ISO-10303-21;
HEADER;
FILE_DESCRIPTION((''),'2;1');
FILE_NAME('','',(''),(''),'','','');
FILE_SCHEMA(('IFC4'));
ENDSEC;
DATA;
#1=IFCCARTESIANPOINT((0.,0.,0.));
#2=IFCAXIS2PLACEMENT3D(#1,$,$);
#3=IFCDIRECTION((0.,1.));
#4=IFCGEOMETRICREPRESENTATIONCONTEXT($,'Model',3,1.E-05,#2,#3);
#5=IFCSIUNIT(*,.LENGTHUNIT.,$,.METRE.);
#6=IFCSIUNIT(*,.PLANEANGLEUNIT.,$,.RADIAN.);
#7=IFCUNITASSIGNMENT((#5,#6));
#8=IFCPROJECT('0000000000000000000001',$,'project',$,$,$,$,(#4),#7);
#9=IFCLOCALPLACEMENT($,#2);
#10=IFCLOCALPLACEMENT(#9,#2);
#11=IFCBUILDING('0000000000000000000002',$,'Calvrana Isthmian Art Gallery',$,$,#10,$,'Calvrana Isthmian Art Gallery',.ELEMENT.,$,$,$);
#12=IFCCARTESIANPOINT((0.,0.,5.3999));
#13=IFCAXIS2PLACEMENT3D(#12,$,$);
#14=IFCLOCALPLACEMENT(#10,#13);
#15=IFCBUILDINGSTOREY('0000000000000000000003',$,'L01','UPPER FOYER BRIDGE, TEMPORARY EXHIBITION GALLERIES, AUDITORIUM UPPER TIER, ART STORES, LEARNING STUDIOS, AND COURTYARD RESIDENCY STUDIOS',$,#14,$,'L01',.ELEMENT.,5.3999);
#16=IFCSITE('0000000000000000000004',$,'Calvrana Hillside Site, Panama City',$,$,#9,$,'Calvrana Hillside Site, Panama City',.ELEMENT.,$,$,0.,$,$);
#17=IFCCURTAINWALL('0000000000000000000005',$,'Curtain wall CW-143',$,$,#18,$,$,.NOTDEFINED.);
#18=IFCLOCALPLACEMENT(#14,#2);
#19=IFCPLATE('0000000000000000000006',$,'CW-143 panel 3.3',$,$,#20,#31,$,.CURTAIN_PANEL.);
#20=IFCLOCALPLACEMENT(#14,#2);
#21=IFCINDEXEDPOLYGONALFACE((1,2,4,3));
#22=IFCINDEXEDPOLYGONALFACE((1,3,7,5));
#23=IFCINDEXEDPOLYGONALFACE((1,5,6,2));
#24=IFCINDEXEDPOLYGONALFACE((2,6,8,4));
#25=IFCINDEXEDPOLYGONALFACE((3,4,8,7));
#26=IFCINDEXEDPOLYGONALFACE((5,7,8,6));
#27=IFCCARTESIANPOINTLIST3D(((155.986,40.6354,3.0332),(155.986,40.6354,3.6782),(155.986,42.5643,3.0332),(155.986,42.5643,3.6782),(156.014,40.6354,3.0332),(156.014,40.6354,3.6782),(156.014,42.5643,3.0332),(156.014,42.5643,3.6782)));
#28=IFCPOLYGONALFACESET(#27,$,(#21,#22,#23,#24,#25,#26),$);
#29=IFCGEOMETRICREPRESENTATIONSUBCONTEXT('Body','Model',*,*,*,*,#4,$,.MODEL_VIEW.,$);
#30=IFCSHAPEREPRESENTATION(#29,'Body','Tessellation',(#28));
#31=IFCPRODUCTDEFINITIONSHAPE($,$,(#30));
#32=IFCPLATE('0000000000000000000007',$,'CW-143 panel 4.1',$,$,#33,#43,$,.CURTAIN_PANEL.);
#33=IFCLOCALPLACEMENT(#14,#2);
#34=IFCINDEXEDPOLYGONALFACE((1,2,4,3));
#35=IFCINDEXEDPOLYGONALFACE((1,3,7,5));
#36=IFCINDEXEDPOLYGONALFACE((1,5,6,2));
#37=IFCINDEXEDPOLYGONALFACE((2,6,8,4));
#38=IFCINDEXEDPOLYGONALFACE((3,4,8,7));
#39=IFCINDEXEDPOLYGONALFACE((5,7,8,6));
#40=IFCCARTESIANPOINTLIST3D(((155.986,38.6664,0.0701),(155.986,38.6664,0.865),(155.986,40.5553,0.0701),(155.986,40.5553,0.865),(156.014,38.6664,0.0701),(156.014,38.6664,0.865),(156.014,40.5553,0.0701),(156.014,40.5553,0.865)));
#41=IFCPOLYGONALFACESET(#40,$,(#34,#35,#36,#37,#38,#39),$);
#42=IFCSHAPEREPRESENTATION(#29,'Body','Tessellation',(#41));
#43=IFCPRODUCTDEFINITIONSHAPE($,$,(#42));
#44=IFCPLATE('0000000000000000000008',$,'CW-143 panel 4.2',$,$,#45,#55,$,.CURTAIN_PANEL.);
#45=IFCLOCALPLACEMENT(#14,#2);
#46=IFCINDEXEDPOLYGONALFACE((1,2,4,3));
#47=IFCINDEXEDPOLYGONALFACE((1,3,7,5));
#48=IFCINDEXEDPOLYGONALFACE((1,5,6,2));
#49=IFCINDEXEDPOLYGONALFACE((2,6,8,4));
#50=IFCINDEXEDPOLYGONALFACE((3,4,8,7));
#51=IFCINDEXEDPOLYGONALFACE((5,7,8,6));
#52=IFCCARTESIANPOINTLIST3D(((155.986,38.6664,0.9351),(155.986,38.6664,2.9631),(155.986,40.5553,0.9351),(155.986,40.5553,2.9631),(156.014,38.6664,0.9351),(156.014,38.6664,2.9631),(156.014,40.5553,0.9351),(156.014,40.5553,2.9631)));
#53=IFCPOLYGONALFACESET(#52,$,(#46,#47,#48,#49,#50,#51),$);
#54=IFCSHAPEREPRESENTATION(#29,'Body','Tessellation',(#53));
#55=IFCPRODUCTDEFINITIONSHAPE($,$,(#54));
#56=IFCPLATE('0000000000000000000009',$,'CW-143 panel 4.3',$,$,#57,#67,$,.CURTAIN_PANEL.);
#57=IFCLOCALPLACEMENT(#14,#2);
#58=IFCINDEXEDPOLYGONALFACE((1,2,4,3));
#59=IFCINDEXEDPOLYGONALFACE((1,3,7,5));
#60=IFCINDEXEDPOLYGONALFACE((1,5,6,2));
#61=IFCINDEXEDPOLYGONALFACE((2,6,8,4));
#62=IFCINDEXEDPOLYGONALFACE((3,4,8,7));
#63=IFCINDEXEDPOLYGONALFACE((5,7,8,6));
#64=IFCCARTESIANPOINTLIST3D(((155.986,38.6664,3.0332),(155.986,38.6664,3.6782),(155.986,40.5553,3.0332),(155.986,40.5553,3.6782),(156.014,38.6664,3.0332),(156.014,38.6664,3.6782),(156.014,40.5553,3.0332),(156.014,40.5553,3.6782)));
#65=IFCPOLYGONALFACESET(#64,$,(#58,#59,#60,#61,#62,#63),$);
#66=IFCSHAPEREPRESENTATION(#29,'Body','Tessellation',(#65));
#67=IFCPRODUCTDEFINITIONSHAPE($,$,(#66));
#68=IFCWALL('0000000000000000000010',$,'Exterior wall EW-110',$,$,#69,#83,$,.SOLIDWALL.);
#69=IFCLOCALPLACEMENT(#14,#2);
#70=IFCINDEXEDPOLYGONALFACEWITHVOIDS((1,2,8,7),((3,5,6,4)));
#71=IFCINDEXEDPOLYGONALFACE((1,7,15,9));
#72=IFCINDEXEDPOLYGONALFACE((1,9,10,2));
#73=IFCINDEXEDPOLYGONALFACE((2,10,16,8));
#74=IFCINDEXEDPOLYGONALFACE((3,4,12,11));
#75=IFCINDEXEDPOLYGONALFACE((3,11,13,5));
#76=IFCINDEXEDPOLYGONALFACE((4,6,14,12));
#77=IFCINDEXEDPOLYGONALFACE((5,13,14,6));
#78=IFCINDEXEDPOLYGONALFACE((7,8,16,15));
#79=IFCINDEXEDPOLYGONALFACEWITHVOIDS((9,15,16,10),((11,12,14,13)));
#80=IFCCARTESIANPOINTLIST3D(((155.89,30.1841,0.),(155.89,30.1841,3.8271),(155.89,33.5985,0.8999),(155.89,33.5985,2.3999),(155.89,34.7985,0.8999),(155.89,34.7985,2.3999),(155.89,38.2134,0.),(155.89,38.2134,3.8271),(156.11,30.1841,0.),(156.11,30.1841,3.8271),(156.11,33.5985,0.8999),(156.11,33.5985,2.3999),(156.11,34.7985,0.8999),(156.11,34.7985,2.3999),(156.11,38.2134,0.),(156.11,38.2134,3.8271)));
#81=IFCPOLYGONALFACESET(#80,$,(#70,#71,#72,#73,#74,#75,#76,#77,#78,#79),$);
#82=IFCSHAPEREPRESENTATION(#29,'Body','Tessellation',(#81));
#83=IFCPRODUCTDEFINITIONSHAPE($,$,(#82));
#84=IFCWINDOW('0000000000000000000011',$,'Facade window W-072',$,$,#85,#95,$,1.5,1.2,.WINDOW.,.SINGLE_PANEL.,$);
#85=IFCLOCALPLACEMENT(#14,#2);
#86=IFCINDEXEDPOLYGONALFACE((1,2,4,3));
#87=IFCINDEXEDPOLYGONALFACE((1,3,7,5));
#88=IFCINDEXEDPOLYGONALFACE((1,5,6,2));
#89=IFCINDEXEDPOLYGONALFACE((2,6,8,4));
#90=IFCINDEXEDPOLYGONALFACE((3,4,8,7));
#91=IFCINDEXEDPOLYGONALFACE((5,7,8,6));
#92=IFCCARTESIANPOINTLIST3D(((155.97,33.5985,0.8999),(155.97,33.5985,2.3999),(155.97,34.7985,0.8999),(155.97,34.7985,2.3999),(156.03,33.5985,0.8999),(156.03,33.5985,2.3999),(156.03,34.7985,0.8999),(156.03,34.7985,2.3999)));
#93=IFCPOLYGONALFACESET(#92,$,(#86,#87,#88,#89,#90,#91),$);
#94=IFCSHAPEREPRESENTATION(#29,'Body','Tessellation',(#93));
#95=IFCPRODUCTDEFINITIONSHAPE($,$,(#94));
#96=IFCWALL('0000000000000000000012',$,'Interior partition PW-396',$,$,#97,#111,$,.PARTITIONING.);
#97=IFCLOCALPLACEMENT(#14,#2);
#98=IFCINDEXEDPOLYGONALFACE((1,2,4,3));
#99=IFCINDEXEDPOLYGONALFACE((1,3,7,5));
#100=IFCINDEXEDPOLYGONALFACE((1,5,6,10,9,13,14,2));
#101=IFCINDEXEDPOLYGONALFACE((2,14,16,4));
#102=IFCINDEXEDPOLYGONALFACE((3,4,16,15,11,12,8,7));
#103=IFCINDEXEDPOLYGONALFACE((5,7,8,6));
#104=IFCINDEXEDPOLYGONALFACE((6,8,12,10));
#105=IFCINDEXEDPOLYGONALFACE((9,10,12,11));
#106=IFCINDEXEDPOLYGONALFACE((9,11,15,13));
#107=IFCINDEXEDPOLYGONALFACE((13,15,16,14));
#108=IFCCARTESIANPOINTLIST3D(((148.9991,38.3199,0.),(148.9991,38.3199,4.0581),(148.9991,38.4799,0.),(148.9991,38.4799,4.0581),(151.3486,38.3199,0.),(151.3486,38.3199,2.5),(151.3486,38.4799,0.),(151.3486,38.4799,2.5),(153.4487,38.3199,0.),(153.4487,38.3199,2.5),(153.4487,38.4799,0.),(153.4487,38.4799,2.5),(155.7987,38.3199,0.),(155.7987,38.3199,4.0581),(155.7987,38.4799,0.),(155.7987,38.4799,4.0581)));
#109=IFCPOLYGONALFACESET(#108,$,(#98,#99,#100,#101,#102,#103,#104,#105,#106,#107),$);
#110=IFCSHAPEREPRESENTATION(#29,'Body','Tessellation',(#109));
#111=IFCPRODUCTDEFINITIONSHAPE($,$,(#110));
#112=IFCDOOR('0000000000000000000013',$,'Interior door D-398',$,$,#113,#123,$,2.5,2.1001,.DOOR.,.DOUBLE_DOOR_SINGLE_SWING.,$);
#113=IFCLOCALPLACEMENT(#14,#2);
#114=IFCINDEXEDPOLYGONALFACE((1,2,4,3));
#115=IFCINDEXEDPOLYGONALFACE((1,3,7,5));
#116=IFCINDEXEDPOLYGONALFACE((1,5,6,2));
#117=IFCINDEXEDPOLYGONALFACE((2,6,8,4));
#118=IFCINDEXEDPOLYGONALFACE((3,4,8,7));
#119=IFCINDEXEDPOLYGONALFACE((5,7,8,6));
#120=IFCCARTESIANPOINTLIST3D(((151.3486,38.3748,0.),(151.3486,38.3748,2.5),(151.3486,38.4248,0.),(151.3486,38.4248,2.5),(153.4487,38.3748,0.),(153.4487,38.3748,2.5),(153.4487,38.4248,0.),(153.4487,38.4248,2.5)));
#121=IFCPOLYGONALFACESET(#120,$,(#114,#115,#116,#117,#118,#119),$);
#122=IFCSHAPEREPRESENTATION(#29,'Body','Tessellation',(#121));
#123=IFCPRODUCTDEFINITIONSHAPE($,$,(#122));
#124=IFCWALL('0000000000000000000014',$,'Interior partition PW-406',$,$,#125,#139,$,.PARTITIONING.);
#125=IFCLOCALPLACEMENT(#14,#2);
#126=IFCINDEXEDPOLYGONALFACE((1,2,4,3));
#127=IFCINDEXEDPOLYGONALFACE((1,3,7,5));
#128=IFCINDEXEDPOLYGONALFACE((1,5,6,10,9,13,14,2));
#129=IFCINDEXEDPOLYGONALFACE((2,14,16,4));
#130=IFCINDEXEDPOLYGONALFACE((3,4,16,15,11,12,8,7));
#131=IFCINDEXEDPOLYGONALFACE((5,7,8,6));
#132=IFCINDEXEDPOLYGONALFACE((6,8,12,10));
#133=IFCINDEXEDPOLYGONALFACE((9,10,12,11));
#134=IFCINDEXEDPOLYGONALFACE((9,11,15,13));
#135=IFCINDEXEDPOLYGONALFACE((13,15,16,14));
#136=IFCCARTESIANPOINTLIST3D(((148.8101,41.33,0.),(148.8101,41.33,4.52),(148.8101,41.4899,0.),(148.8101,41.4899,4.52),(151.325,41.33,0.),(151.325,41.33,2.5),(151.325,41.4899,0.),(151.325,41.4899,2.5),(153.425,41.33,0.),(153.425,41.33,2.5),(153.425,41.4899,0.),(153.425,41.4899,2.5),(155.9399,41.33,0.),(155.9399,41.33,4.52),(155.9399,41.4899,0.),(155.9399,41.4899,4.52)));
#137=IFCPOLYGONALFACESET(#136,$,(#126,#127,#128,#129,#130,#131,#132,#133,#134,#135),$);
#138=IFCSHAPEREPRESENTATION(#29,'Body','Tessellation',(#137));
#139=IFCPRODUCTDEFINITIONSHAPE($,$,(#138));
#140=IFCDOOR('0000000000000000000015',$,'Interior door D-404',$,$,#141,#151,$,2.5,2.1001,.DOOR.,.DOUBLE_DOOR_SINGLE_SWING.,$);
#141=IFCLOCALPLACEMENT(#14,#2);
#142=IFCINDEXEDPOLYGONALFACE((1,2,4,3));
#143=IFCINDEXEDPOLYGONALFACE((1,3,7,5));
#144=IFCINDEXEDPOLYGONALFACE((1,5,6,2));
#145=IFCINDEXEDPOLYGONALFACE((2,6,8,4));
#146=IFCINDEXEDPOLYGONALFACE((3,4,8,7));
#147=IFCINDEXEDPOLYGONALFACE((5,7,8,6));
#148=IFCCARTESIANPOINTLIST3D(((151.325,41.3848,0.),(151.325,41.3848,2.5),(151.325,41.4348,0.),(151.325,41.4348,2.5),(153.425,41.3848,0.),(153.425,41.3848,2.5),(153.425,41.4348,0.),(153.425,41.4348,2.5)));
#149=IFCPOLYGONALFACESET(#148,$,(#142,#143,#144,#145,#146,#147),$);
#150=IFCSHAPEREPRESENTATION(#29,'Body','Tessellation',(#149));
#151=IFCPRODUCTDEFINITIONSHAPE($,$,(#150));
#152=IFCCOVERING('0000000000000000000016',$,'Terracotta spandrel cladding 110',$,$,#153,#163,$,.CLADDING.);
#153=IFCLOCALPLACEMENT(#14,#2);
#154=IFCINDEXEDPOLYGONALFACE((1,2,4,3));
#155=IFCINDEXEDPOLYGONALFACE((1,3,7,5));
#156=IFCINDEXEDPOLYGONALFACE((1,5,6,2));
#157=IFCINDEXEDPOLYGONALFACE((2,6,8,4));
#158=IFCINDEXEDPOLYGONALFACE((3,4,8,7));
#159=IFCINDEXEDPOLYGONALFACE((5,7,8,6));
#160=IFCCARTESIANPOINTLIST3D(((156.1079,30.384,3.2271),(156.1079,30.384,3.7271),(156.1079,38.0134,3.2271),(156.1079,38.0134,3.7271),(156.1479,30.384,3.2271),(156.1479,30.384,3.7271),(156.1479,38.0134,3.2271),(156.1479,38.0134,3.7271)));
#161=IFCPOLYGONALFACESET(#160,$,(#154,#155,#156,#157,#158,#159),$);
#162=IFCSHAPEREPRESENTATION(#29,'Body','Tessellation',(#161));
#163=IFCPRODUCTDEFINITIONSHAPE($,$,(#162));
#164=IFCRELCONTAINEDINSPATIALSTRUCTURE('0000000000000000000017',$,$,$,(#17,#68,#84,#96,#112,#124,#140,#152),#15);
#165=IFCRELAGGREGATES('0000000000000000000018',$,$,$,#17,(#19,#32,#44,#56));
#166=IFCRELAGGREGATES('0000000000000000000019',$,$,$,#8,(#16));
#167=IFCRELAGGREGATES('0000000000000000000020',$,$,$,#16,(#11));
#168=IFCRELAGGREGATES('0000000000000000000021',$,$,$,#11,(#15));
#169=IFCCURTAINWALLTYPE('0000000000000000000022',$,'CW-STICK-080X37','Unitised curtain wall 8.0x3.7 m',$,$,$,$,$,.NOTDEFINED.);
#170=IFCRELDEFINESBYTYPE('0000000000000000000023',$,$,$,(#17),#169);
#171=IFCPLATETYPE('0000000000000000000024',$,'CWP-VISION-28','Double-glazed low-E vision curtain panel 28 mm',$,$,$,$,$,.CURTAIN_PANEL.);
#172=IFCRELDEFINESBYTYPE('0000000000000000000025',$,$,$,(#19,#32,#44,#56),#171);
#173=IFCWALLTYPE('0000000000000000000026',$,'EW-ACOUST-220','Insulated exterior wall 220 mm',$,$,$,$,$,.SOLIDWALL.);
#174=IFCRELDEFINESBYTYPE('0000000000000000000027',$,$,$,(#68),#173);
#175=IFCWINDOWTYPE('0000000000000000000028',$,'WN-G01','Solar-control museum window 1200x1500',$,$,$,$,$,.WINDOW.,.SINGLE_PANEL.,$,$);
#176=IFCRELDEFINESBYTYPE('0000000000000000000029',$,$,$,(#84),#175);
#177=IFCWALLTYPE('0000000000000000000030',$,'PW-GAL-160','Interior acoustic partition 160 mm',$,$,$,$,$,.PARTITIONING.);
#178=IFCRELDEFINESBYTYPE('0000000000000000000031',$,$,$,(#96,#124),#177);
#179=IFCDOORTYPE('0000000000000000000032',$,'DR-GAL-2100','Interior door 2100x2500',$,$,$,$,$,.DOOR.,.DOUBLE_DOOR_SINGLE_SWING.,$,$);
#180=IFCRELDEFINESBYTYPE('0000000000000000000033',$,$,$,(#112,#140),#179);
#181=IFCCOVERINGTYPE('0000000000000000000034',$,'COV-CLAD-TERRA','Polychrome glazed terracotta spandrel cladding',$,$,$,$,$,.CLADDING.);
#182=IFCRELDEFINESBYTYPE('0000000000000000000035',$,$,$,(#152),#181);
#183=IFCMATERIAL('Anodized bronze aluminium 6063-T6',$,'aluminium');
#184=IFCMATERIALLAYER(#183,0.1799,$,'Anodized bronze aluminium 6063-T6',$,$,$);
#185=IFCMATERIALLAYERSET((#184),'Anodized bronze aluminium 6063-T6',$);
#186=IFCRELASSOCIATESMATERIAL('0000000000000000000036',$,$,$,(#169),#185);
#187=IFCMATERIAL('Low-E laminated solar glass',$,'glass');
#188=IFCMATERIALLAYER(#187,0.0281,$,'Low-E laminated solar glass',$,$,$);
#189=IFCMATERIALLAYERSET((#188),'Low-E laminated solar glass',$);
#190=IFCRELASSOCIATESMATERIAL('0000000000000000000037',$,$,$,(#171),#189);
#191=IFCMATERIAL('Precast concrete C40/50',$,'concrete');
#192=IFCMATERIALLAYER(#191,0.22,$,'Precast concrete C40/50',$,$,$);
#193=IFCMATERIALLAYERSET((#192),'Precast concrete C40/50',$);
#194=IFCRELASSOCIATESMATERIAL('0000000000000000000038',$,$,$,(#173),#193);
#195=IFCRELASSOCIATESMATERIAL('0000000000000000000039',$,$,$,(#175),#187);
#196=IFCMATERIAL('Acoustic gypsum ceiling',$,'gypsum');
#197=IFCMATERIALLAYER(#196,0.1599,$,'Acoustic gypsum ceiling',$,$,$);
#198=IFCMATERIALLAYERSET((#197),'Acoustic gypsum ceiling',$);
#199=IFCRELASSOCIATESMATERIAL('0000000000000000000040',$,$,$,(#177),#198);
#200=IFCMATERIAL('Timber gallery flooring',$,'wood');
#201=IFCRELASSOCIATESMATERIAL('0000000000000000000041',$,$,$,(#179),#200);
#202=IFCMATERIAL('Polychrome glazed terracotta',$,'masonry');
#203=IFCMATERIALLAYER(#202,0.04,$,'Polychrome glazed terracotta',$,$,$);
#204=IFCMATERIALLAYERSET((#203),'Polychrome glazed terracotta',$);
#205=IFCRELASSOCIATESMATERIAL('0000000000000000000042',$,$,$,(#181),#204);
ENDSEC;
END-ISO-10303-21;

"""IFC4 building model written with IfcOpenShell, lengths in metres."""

from ifc_helpers import new_model, si_unit, direction, frame, frame_2d, origin, origin_2d, place, context, subcontext, project, spatial, rectangle, extrude, material, layer, layer_set, type_object, element, fill, aggregate, save


model = new_model("IFC4")

# Units and contexts
model_context = context("Model", 3, precision=1e-05, world=origin(), true_north=direction((0.0, 1.0)))
body_context = subcontext(model_context, "Body", "Model", "MODEL_VIEW")
ifc_project = project(units=[si_unit("LENGTHUNIT", "METRE"), si_unit("PLANEANGLEUNIT", "RADIAN")], contexts=[model_context])

# Site, building, storey
site_placement = place(None, origin())
site = spatial("IfcSite", under=ifc_project, at=site_placement, Name="Calvrana Hillside Site, Panama City", LongName="Calvrana Hillside Site, Panama City", CompositionType="ELEMENT", RefElevation=0.0)
building_placement = place(site_placement, origin())
building = spatial("IfcBuilding", under=site, at=building_placement, Name="Calvrana Isthmian Art Gallery", LongName="Calvrana Isthmian Art Gallery", CompositionType="ELEMENT")
storey_placement = place(building_placement, frame((0.0, 0.0, 5.3999)))
storey = spatial("IfcBuildingStorey", under=building, at=storey_placement, Name="L01", Description="UPPER FOYER BRIDGE, TEMPORARY EXHIBITION GALLERIES, AUDITORIUM UPPER TIER, ART STORES, LEARNING STUDIOS, AND COURTYARD RESIDENCY STUDIOS", LongName="L01", CompositionType="ELEMENT", Elevation=5.3999)

# Shared definitions
ifc_material_1 = material(Name="Anodized bronze aluminium 6063-T6", Category="aluminium")

# Curtain wall
ifc_layer_1 = layer(ifc_material_1, 0.1799, Name="Anodized bronze aluminium 6063-T6")
ifc_layer_set_1 = layer_set([ifc_layer_1], Name="Anodized bronze aluminium 6063-T6")
curtain_wall_type_1 = type_object("IfcCurtainWallType", Name="CW-STICK-080X37", Description="Unitised curtain wall 8.0x3.7 m", PredefinedType="NOTDEFINED", material=ifc_layer_set_1)
curtain_wall_1_placement = place(storey_placement, origin())
curtain_wall_1 = element("IfcCurtainWall", 1, at=curtain_wall_1_placement, inside=storey, type_object=curtain_wall_type_1, Name="Curtain wall CW-143", PredefinedType="NOTDEFINED")

# Plates
ifc_material_2 = material(Name="Low-E laminated solar glass", Category="glass")
ifc_layer_2 = layer(ifc_material_2, 0.0281, Name="Low-E laminated solar glass")
ifc_layer_set_2 = layer_set([ifc_layer_2], Name="Low-E laminated solar glass")
plate_type = type_object("IfcPlateType", Name="CWP-VISION-28", Description="Double-glazed low-E vision curtain panel 28 mm", PredefinedType="CURTAIN_PANEL", material=ifc_layer_set_2)
plate_1_placement = place(storey_placement, frame((156.0, 41.5999, 3.0332), z_axis=(0.0, 0.0, 1.0), x_axis=(0.0, -1.0, 0.0)))
plate_1 = element("IfcPlate", 2, at=plate_1_placement, type_object=plate_type, Name="CW-143 panel 3.3", PredefinedType="CURTAIN_PANEL", context=body_context, shape_type="SweptSolid", body=[
    extrude(rectangle(XDim=1.929, YDim=0.0281, at=origin_2d()), origin(), (0.0, 0.0, 1.0), 0.645),
])
plate_2_placement = place(storey_placement, frame((156.0, 39.6108, 0.0701), z_axis=(0.0, 0.0, 1.0), x_axis=(0.0, -1.0, 0.0)))
plate_2 = element("IfcPlate", 3, at=plate_2_placement, type_object=plate_type, Name="CW-143 panel 4.1", PredefinedType="CURTAIN_PANEL", context=body_context, shape_type="SweptSolid", body=[
    extrude(rectangle(XDim=1.8889, YDim=0.0281, at=origin_2d()), origin(), (0.0, 0.0, 1.0), 0.7949),
])
plate_3_placement = place(storey_placement, frame((156.0, 39.6108, 0.9351), z_axis=(0.0, 0.0, 1.0), x_axis=(0.0, -1.0, 0.0)))
plate_3 = element("IfcPlate", 4, at=plate_3_placement, type_object=plate_type, Name="CW-143 panel 4.2", PredefinedType="CURTAIN_PANEL", context=body_context, shape_type="SweptSolid", body=[
    extrude(rectangle(XDim=1.8889, YDim=0.0281, at=origin_2d()), origin(), (0.0, 0.0, 1.0), 2.0281),
])
plate_4_placement = place(storey_placement, frame((156.0, 39.6108, 3.0332), z_axis=(0.0, 0.0, 1.0), x_axis=(0.0, -1.0, 0.0)))
plate_4 = element("IfcPlate", 5, at=plate_4_placement, type_object=plate_type, Name="CW-143 panel 4.3", PredefinedType="CURTAIN_PANEL", context=body_context, shape_type="SweptSolid", body=[
    extrude(rectangle(XDim=1.8889, YDim=0.0281, at=origin_2d()), origin(), (0.0, 0.0, 1.0), 0.645),
])
aggregate(curtain_wall_1, [plate_1, plate_2, plate_3, plate_4])

# Wall, opening, window
ifc_material_3 = material(Name="Precast concrete C40/50", Category="concrete")
ifc_layer_3 = layer(ifc_material_3, 0.22, Name="Precast concrete C40/50")
ifc_layer_set_3 = layer_set([ifc_layer_3], Name="Precast concrete C40/50")
wall_type_1 = type_object("IfcWallType", Name="EW-ACOUST-220", Description="Insulated exterior wall 220 mm", PredefinedType="SOLIDWALL", material=ifc_layer_set_3)
wall_1_placement = place(storey_placement, frame((156.0, 38.2134, 0.0), z_axis=(0.0, 0.0, 1.0), x_axis=(0.0, -1.0, 0.0)))
wall_1 = element("IfcWall", 6, at=wall_1_placement, inside=storey, type_object=wall_type_1, Name="Exterior wall EW-110", PredefinedType="SOLIDWALL", context=body_context, shape_type="SweptSolid", body=[
    extrude(rectangle(XDim=8.0293, YDim=0.22, at=frame_2d((4.0146, 0.0))), origin(), (0.0, 0.0, 1.0), 3.8271),
])
opening_1_placement = place(wall_1_placement, frame((3.4148, 0.0, 0.8999)))
opening_1 = element("IfcOpeningElement", 7, at=opening_1_placement, cuts=wall_1, PredefinedType="OPENING", context=body_context, shape_type="SweptSolid", body=[
    extrude(rectangle(XDim=1.2, YDim=1.5, at=frame_2d((0.6001, 0.75))), frame((0.0, 0.1201, 0.0), z_axis=(0.0, -1.0, 0.0), x_axis=(1.0, 0.0, 0.0)), (0.0, 0.0, 1.0), 0.2405),
])
window_type = type_object("IfcWindowType", Name="WN-G01", Description="Solar-control museum window 1200x1500", PartitioningType="SINGLE_PANEL", PredefinedType="WINDOW", material=ifc_material_2)
window_placement = place(opening_1_placement, origin())
window = element("IfcWindow", 8, at=window_placement, inside=storey, type_object=window_type, Name="Facade window W-072", OverallHeight=1.5, OverallWidth=1.2, PartitioningType="SINGLE_PANEL", PredefinedType="WINDOW", context=body_context, shape_type="SweptSolid", body=[
    extrude(rectangle(XDim=1.2, YDim=1.5, at=frame_2d((0.6001, 0.75))), frame((0.0, 0.03, 0.0), z_axis=(0.0, -1.0, 0.0), x_axis=(1.0, 0.0, 0.0)), (0.0, 0.0, 1.0), 0.0601),
])
fill(opening_1, window)

# Walls, openings, doors
ifc_material_4 = material(Name="Acoustic gypsum ceiling", Category="gypsum")
ifc_layer_4 = layer(ifc_material_4, 0.1599, Name="Acoustic gypsum ceiling")
ifc_layer_set_4 = layer_set([ifc_layer_4], Name="Acoustic gypsum ceiling")
wall_type_2 = type_object("IfcWallType", Name="PW-GAL-160", Description="Interior acoustic partition 160 mm", PredefinedType="PARTITIONING", material=ifc_layer_set_4)
wall_2_placement = place(storey_placement, frame((148.999, 38.3999, 0.0), z_axis=(0.0, 0.0, 1.0), x_axis=(1.0, 0.0, 0.0)))
wall_2 = element("IfcWall", 9, at=wall_2_placement, inside=storey, type_object=wall_type_2, Name="Interior partition PW-396", PredefinedType="PARTITIONING", context=body_context, shape_type="SweptSolid", body=[
    extrude(rectangle(XDim=6.7996, YDim=0.1599, at=frame_2d((3.3999, 0.0))), origin(), (0.0, 0.0, 1.0), 4.0581),
])
opening_2_placement = place(wall_2_placement, frame((2.3496, 0.0, 0.0)))
opening_2 = element("IfcOpeningElement", 10, at=opening_2_placement, cuts=wall_2, PredefinedType="OPENING", context=body_context, shape_type="SweptSolid", body=[
    extrude(rectangle(XDim=2.1001, YDim=2.5, at=frame_2d((1.05, 1.25))), frame((0.0, 0.0903, 0.0), z_axis=(0.0, -1.0, 0.0), x_axis=(1.0, 0.0, 0.0)), (0.0, 0.0, 1.0), 0.1804),
])
ifc_material_5 = material(Name="Timber gallery flooring", Category="wood")
door_type = type_object("IfcDoorType", Name="DR-GAL-2100", Description="Interior door 2100x2500", OperationType="DOUBLE_DOOR_SINGLE_SWING", PredefinedType="DOOR", material=ifc_material_5)
door_1_placement = place(opening_2_placement, origin())
door_1 = element("IfcDoor", 11, at=door_1_placement, inside=storey, type_object=door_type, Name="Interior door D-398", OperationType="DOUBLE_DOOR_SINGLE_SWING", OverallHeight=2.5, OverallWidth=2.1001, PredefinedType="DOOR", context=body_context, shape_type="SweptSolid", body=[
    extrude(rectangle(XDim=2.1001, YDim=2.5, at=frame_2d((1.05, 1.25))), frame((0.0, 0.0249, 0.0), z_axis=(0.0, -1.0, 0.0), x_axis=(1.0, 0.0, 0.0)), (0.0, 0.0, 1.0), 0.05),
])
fill(opening_2, door_1)
wall_3_placement = place(storey_placement, frame((148.8101, 41.4099, 0.0), z_axis=(0.0, 0.0, 1.0), x_axis=(1.0, 0.0, 0.0)))
wall_3 = element("IfcWall", 12, at=wall_3_placement, inside=storey, type_object=wall_type_2, Name="Interior partition PW-406", PredefinedType="PARTITIONING", context=body_context, shape_type="SweptSolid", body=[
    extrude(rectangle(XDim=7.1299, YDim=0.1599, at=frame_2d((3.5649, 0.0))), origin(), (0.0, 0.0, 1.0), 4.52),
])
opening_3_placement = place(wall_3_placement, frame((2.5149, 0.0, 0.0)))
opening_3 = element("IfcOpeningElement", 13, at=opening_3_placement, cuts=wall_3, PredefinedType="OPENING", context=body_context, shape_type="SweptSolid", body=[
    extrude(rectangle(XDim=2.1001, YDim=2.5, at=frame_2d((1.05, 1.25))), frame((0.0, 0.0903, 0.0), z_axis=(0.0, -1.0, 0.0), x_axis=(1.0, 0.0, 0.0)), (0.0, 0.0, 1.0), 0.1804),
])
door_2_placement = place(opening_3_placement, origin())
door_2 = element("IfcDoor", 14, at=door_2_placement, inside=storey, type_object=door_type, Name="Interior door D-404", OperationType="DOUBLE_DOOR_SINGLE_SWING", OverallHeight=2.5, OverallWidth=2.1001, PredefinedType="DOOR", context=body_context, shape_type="SweptSolid", body=[
    extrude(rectangle(XDim=2.1001, YDim=2.5, at=frame_2d((1.05, 1.25))), frame((0.0, 0.0249, 0.0), z_axis=(0.0, -1.0, 0.0), x_axis=(1.0, 0.0, 0.0)), (0.0, 0.0, 1.0), 0.05),
])
fill(opening_3, door_2)

# Covering
ifc_material_6 = material(Name="Polychrome glazed terracotta", Category="masonry")
ifc_layer_5 = layer(ifc_material_6, 0.04, Name="Polychrome glazed terracotta")
ifc_layer_set_5 = layer_set([ifc_layer_5], Name="Polychrome glazed terracotta")
covering_type = type_object("IfcCoveringType", Name="COV-CLAD-TERRA", Description="Polychrome glazed terracotta spandrel cladding", PredefinedType="CLADDING", material=ifc_layer_set_5)
covering_placement = place(storey_placement, frame((156.1279, 34.1987, 3.2271), z_axis=(0.0, 0.0, 1.0), x_axis=(0.0, -1.0, 0.0)))
element("IfcCovering", 15, at=covering_placement, inside=storey, type_object=covering_type, Name="Terracotta spandrel cladding 110", PredefinedType="CLADDING", context=body_context, shape_type="SweptSolid", body=[
    extrude(rectangle(XDim=7.6294, YDim=0.04, at=origin_2d()), origin(), (0.0, 0.0, 1.0), 0.5),
])

save(model, "model.ifc")
